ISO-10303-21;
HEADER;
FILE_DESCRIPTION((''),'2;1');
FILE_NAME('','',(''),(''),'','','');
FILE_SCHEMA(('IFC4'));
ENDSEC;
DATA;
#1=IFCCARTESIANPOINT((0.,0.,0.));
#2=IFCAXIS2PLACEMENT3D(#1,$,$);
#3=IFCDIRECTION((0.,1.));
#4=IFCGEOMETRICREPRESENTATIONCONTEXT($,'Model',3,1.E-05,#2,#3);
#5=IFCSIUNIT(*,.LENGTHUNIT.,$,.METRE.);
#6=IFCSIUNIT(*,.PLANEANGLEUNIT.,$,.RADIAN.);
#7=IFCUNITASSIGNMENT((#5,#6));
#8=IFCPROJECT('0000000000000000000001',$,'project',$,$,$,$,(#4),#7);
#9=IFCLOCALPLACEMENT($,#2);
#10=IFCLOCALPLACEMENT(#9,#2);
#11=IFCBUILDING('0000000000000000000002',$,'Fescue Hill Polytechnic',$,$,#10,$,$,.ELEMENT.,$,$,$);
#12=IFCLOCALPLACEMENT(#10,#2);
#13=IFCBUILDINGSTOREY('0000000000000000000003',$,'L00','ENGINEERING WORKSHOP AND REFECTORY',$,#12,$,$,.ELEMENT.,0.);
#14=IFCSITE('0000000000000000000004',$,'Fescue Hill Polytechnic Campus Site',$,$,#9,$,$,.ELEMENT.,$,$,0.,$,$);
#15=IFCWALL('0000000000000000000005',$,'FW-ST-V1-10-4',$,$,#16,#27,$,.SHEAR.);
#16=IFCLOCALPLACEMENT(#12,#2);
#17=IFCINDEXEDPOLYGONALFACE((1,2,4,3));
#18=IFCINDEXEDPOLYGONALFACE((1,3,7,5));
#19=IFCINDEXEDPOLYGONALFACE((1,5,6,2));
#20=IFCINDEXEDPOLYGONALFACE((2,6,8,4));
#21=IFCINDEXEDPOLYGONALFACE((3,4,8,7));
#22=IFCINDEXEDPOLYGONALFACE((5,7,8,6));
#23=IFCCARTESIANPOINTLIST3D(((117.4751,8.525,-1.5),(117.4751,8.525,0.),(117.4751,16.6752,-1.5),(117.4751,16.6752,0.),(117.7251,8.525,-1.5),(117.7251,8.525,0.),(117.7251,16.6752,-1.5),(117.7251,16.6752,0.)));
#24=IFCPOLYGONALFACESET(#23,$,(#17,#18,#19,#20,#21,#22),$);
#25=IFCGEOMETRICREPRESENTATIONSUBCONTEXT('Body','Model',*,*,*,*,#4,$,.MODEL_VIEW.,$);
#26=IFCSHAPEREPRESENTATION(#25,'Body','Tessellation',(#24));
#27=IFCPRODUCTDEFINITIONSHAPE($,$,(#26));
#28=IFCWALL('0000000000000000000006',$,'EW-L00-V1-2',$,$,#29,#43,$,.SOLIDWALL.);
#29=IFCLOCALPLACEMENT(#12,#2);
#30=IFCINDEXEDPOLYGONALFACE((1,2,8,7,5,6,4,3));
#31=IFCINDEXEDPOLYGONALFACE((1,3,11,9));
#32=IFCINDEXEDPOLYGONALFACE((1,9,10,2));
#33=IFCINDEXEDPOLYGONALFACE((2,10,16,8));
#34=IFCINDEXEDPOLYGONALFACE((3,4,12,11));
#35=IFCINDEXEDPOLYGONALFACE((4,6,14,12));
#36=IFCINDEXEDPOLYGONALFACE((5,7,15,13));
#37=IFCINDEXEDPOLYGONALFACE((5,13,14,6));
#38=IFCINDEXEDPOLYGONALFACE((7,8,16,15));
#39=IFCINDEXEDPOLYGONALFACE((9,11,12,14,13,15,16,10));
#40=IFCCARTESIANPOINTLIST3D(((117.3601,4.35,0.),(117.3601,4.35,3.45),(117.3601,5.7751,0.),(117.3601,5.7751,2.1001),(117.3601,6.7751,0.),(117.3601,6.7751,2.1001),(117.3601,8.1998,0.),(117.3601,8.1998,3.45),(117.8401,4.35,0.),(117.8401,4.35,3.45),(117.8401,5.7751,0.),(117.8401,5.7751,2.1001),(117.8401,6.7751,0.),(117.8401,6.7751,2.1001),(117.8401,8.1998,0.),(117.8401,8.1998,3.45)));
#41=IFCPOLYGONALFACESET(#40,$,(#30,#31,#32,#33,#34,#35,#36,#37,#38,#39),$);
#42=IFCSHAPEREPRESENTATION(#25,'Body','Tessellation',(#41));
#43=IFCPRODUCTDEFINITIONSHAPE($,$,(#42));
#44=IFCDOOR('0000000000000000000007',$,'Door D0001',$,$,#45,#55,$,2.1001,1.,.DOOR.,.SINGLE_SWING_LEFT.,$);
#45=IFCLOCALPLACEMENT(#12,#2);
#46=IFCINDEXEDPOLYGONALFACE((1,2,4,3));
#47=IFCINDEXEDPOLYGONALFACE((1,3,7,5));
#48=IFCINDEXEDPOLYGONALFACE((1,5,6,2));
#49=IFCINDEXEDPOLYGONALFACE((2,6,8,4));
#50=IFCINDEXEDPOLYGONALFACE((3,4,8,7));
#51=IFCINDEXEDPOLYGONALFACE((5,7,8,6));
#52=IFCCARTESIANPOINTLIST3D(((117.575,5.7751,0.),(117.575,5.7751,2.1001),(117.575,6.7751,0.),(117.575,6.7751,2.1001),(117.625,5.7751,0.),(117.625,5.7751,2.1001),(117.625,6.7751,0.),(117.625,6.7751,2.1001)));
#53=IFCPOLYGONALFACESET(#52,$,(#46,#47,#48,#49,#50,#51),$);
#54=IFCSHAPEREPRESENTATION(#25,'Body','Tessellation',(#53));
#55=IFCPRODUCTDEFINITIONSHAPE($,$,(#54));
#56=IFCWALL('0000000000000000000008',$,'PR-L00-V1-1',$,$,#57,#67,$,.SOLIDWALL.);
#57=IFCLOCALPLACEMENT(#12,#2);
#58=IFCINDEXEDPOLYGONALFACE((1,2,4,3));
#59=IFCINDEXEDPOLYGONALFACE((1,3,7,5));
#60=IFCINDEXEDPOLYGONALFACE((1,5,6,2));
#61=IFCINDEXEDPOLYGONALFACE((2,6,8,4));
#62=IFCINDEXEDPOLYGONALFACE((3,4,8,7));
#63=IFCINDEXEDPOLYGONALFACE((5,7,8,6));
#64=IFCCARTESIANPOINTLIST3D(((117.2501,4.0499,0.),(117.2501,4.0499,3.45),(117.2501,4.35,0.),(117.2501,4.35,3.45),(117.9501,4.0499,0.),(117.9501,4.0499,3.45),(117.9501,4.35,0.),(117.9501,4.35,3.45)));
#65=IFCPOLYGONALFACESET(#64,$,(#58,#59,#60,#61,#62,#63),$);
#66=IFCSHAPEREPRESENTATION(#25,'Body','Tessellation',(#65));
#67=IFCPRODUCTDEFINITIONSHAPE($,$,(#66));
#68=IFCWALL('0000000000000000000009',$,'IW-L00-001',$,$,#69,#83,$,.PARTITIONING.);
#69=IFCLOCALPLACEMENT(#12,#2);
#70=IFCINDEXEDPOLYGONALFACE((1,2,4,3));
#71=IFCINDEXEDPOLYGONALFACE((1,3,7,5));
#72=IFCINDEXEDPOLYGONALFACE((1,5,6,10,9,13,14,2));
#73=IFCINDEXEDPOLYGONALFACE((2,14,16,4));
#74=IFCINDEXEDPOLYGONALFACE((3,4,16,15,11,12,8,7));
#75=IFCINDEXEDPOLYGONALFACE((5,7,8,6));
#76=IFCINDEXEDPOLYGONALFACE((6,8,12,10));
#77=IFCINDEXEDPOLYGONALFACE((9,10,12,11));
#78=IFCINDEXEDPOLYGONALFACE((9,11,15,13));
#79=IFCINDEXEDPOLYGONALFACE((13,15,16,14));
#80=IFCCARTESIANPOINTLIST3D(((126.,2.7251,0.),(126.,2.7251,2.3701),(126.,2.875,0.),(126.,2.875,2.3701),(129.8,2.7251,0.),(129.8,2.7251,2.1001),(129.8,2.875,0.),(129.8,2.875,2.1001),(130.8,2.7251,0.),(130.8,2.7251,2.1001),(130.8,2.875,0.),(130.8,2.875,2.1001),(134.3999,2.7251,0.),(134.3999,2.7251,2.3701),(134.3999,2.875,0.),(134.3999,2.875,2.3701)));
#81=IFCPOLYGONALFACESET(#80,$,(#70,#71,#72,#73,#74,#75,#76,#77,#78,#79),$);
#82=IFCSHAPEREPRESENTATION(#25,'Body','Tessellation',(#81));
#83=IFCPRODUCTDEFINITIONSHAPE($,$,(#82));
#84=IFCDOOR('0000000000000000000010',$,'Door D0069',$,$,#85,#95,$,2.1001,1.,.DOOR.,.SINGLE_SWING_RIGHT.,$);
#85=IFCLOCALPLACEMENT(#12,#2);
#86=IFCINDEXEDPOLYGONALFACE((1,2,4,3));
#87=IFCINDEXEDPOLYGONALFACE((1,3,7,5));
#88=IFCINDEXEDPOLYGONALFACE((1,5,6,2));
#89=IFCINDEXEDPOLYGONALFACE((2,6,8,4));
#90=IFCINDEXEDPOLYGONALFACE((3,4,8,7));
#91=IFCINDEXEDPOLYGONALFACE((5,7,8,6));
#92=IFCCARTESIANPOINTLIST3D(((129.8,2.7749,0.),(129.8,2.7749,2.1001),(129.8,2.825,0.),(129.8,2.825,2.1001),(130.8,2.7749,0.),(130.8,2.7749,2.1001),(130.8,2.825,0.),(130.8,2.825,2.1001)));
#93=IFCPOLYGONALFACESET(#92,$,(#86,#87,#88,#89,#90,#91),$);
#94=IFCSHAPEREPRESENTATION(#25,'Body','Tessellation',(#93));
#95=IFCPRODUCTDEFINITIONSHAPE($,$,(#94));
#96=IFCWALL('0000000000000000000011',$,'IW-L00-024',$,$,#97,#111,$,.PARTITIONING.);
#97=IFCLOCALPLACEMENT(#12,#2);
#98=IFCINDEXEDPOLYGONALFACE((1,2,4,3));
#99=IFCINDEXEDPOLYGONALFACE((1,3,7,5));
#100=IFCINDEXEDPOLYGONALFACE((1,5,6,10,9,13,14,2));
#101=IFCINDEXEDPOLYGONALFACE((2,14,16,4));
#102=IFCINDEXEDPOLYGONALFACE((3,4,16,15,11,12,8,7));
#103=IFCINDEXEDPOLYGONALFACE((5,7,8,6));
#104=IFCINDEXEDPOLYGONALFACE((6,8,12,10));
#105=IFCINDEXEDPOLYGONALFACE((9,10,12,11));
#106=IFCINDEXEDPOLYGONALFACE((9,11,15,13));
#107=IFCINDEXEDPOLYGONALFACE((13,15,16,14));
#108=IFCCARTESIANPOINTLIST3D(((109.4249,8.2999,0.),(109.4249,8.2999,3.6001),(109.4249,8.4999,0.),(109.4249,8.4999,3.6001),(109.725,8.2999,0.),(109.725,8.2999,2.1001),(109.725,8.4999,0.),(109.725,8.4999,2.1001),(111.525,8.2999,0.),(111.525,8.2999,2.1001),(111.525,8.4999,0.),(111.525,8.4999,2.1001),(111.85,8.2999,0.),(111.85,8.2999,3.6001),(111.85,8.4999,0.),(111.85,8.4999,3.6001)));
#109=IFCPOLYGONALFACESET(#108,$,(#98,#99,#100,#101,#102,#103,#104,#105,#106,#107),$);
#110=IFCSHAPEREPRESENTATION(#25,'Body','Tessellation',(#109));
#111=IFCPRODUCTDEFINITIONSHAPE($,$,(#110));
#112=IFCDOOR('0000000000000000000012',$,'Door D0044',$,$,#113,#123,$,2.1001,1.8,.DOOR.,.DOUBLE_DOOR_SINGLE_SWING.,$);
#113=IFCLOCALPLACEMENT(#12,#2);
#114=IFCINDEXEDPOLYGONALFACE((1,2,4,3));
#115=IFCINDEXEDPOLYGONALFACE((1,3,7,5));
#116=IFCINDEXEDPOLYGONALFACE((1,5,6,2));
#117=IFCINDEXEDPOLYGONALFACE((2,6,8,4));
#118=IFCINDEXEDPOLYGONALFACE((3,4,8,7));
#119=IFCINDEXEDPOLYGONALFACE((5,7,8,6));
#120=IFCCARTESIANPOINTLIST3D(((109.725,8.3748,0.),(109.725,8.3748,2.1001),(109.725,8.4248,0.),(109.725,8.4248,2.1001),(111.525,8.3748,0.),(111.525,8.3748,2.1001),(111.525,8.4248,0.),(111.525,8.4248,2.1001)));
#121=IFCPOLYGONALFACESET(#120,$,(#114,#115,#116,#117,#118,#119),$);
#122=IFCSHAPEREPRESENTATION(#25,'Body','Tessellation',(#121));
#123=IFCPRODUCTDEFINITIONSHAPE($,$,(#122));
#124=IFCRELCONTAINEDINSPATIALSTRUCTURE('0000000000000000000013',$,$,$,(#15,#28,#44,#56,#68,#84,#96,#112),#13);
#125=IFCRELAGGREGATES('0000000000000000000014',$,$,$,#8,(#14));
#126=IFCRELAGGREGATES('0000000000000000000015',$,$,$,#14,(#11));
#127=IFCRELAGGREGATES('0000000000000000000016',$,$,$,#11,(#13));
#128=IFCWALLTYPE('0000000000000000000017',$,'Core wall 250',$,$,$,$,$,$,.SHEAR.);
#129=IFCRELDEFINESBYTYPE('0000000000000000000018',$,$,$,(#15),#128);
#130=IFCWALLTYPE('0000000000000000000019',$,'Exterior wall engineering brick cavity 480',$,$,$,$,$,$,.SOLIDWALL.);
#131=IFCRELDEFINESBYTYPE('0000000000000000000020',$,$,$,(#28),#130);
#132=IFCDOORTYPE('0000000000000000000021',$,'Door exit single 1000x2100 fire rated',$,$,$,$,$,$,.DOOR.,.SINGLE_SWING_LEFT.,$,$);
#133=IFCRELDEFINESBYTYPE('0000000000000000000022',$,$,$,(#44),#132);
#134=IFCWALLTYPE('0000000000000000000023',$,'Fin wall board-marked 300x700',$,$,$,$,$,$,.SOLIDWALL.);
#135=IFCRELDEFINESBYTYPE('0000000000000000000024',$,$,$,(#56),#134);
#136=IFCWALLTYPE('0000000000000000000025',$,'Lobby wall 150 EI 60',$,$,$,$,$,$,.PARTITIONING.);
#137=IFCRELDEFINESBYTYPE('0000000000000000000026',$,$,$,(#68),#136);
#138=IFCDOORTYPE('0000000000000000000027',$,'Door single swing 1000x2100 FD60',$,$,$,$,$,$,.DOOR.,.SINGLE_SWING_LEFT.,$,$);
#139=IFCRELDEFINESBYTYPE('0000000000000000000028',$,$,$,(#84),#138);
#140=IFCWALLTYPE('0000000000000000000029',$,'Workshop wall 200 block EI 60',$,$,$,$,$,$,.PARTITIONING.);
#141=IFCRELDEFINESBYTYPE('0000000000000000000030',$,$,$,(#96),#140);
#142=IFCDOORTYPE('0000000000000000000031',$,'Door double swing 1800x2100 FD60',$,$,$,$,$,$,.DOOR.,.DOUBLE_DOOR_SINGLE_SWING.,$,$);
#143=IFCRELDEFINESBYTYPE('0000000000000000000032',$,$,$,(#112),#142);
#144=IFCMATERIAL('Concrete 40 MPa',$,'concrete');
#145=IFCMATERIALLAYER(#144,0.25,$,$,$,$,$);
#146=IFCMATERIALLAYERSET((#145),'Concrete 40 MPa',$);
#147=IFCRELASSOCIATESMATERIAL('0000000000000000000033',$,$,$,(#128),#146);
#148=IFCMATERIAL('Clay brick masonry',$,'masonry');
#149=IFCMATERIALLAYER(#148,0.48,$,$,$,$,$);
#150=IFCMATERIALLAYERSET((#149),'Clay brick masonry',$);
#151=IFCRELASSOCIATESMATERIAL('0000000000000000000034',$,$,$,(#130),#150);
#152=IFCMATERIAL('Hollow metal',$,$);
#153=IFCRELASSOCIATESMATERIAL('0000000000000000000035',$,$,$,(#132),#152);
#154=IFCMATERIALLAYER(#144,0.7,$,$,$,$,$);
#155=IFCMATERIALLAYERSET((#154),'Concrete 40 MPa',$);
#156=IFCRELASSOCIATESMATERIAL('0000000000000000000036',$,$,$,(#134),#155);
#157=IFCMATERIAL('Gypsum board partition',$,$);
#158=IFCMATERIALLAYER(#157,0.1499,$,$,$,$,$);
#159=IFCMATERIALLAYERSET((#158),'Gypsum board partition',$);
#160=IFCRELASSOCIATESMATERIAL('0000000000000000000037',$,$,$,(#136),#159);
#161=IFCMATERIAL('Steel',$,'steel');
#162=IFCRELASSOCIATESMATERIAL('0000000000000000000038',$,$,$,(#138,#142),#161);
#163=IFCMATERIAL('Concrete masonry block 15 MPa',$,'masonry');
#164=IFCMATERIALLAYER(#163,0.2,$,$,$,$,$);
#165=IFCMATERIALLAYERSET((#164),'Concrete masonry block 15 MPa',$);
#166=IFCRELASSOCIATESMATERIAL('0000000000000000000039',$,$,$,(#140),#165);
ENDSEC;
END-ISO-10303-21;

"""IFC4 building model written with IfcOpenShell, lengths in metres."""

from ifc_helpers import new_model, si_unit, direction, frame, frame_2d, origin, place, context, subcontext, project, spatial, rectangle, extrude, material, layer, layer_set, type_object, element, fill, save


model = new_model("IFC4")

# Units and contexts
model_context = context("Model", 3, precision=1e-05, world=origin(), true_north=direction((0.0, 1.0)))
body_context = subcontext(model_context, "Body", "Model", "MODEL_VIEW")
ifc_project = project(units=[si_unit("LENGTHUNIT", "METRE"), si_unit("PLANEANGLEUNIT", "RADIAN")], contexts=[model_context])

# Site, building, storey
site_placement = place(None, origin())
site = spatial("IfcSite", under=ifc_project, at=site_placement, Name="Fescue Hill Polytechnic Campus Site", CompositionType="ELEMENT", RefElevation=0.0)
building_placement = place(site_placement, origin())
building = spatial("IfcBuilding", under=site, at=building_placement, Name="Fescue Hill Polytechnic", CompositionType="ELEMENT")
storey_placement = place(building_placement, origin())
storey = spatial("IfcBuildingStorey", under=building, at=storey_placement, Name="L00", Description="ENGINEERING WORKSHOP AND REFECTORY", CompositionType="ELEMENT", Elevation=0.0)

# Shared definitions
ifc_material_1 = material(Name="Concrete 40 MPa", Category="concrete")

# Shared definitions
ifc_layer_1 = layer(ifc_material_1, 0.25)
ifc_layer_set_1 = layer_set([ifc_layer_1], Name="Concrete 40 MPa")
wall_type_1 = type_object("IfcWallType", Name="Core wall 250", PredefinedType="SHEAR", material=ifc_layer_set_1)

# Wall
for number, where, z_axis, x_axis, name in (
    (1, (117.6001, 8.5249, -1.5), (0.0, 0.0, 1.0), (0.0, 1.0, 0.0), "FW-ST-V1-10-4"),
):
    element("IfcWall", number, at=place(storey_placement, frame(where, z_axis=z_axis, x_axis=x_axis)), inside=storey, type_object=wall_type_1, Name=name, PredefinedType="SHEAR", context=body_context, shape_type="SweptSolid", body=[
        extrude(rectangle(XDim=8.1501, YDim=0.25, at=frame_2d((4.0752, 0.0))), origin(), (0.0, 0.0, 1.0), 1.5),
    ])

# Wall, opening, door
ifc_material_2 = material(Name="Clay brick masonry", Category="masonry")
ifc_layer_2 = layer(ifc_material_2, 0.48)
ifc_layer_set_2 = layer_set([ifc_layer_2], Name="Clay brick masonry")
wall_type_2 = type_object("IfcWallType", Name="Exterior wall engineering brick cavity 480", PredefinedType="SOLIDWALL", material=ifc_layer_set_2)
wall_1_placement = place(storey_placement, frame((117.6001, 4.3501, 0.0), z_axis=(0.0, 0.0, 1.0), x_axis=(0.0, 1.0, 0.0)))
wall_1 = element("IfcWall", 2, at=wall_1_placement, inside=storey, type_object=wall_type_2, Name="EW-L00-V1-2", PredefinedType="SOLIDWALL", context=body_context, shape_type="SweptSolid", body=[
    extrude(rectangle(XDim=3.8499, YDim=0.48, at=frame_2d((1.9248, 0.0))), origin(), (0.0, 0.0, 1.0), 3.45),
])
opening_1_placement = place(wall_1_placement, frame((2.425, 0.0, 0.0), z_axis=(0.0, 0.0, 1.0), x_axis=(-1.0, 0.0, 0.0)))
opening_1 = element("IfcOpeningElement", 3, at=opening_1_placement, cuts=wall_1, PredefinedType="OPENING", context=body_context, shape_type="SweptSolid", body=[
    extrude(rectangle(XDim=1.0, YDim=2.1001, at=frame_2d((0.5, 1.05))), frame((0.0, 0.25, 0.0), z_axis=(0.0, -1.0, 0.0), x_axis=(1.0, 0.0, 0.0)), (0.0, 0.0, 1.0), 0.5),
])
ifc_material_3 = material(Name="Hollow metal")
door_type_1 = type_object("IfcDoorType", Name="Door exit single 1000x2100 fire rated", OperationType="SINGLE_SWING_LEFT", PredefinedType="DOOR", material=ifc_material_3)
door_1_placement = place(opening_1_placement, origin())
door_1 = element("IfcDoor", 4, at=door_1_placement, inside=storey, type_object=door_type_1, Name="Door D0001", OperationType="SINGLE_SWING_LEFT", OverallHeight=2.1001, OverallWidth=1.0, PredefinedType="DOOR", context=body_context, shape_type="SweptSolid", body=[
    extrude(rectangle(XDim=1.0, YDim=2.1001, at=frame_2d((0.5, 1.05))), frame((0.0, 0.0249, 0.0), z_axis=(0.0, -1.0, 0.0), x_axis=(1.0, 0.0, 0.0)), (0.0, 0.0, 1.0), 0.05),
])
fill(opening_1, door_1)

# Wall
ifc_layer_3 = layer(ifc_material_1, 0.7)
ifc_layer_set_3 = layer_set([ifc_layer_3], Name="Concrete 40 MPa")
wall_type_3 = type_object("IfcWallType", Name="Fin wall board-marked 300x700", PredefinedType="SOLIDWALL", material=ifc_layer_set_3)
wall_2_placement = place(storey_placement, frame((117.6001, 4.05, 0.0), z_axis=(0.0, 0.0, 1.0), x_axis=(0.0, 1.0, 0.0)))
element("IfcWall", 5, at=wall_2_placement, inside=storey, type_object=wall_type_3, Name="PR-L00-V1-1", PredefinedType="SOLIDWALL", context=body_context, shape_type="SweptSolid", body=[
    extrude(rectangle(XDim=0.3, YDim=0.7, at=frame_2d((0.1499, 0.0))), origin(), (0.0, 0.0, 1.0), 3.45),
])

# Walls, openings, doors
ifc_material_4 = material(Name="Gypsum board partition")
ifc_layer_4 = layer(ifc_material_4, 0.1499)
ifc_layer_set_4 = layer_set([ifc_layer_4], Name="Gypsum board partition")
wall_type_4 = type_object("IfcWallType", Name="Lobby wall 150 EI 60", PredefinedType="PARTITIONING", material=ifc_layer_set_4)
wall_3_placement = place(storey_placement, frame((126.0, 2.8, 0.0), z_axis=(0.0, 0.0, 1.0), x_axis=(1.0, 0.0, 0.0)))
wall_3 = element("IfcWall", 6, at=wall_3_placement, inside=storey, type_object=wall_type_4, Name="IW-L00-001", PredefinedType="PARTITIONING", context=body_context, shape_type="SweptSolid", body=[
    extrude(rectangle(XDim=8.3999, YDim=0.1499, at=frame_2d((4.2, 0.0))), origin(), (0.0, 0.0, 1.0), 2.3701),
])
opening_2_placement = place(wall_3_placement, frame((3.8, 0.0, 0.0)))
opening_2 = element("IfcOpeningElement", 7, at=opening_2_placement, cuts=wall_3, PredefinedType="OPENING", context=body_context, shape_type="SweptSolid", body=[
    extrude(rectangle(XDim=1.0, YDim=2.1001, at=frame_2d((0.5, 1.05))), frame((0.0, 0.085, 0.0), z_axis=(0.0, -1.0, 0.0), x_axis=(1.0, 0.0, 0.0)), (0.0, 0.0, 1.0), 0.1699),
])
ifc_material_5 = material(Name="Steel", Category="steel")
door_type_2 = type_object("IfcDoorType", Name="Door single swing 1000x2100 FD60", OperationType="SINGLE_SWING_LEFT", PredefinedType="DOOR", material=ifc_material_5)
door_2_placement = place(opening_2_placement, origin())
door_2 = element("IfcDoor", 8, at=door_2_placement, inside=storey, type_object=door_type_2, Name="Door D0069", OperationType="SINGLE_SWING_RIGHT", OverallHeight=2.1001, OverallWidth=1.0, PredefinedType="DOOR", context=body_context, shape_type="SweptSolid", body=[
    extrude(rectangle(XDim=1.0, YDim=2.1001, at=frame_2d((0.5, 1.05))), frame((0.0, 0.0249, 0.0), z_axis=(0.0, -1.0, 0.0), x_axis=(1.0, 0.0, 0.0)), (0.0, 0.0, 1.0), 0.05),
])
fill(opening_2, door_2)
ifc_material_6 = material(Name="Concrete masonry block 15 MPa", Category="masonry")
ifc_layer_5 = layer(ifc_material_6, 0.2)
ifc_layer_set_5 = layer_set([ifc_layer_5], Name="Concrete masonry block 15 MPa")
wall_type_5 = type_object("IfcWallType", Name="Workshop wall 200 block EI 60", PredefinedType="PARTITIONING", material=ifc_layer_set_5)
wall_4_placement = place(storey_placement, frame((109.425, 8.3999, 0.0), z_axis=(0.0, 0.0, 1.0), x_axis=(1.0, 0.0, 0.0)))
wall_4 = element("IfcWall", 9, at=wall_4_placement, inside=storey, type_object=wall_type_5, Name="IW-L00-024", PredefinedType="PARTITIONING", context=body_context, shape_type="SweptSolid", body=[
    extrude(rectangle(XDim=2.425, YDim=0.2, at=frame_2d((1.2124, 0.0))), origin(), (0.0, 0.0, 1.0), 3.6001),
])
opening_3_placement = place(wall_4_placement, frame((0.3, 0.0, 0.0)))
opening_3 = element("IfcOpeningElement", 10, at=opening_3_placement, cuts=wall_4, PredefinedType="OPENING", context=body_context, shape_type="SweptSolid", body=[
    extrude(rectangle(XDim=1.8, YDim=2.1001, at=frame_2d((0.8999, 1.05))), frame((0.0, 0.1099, 0.0), z_axis=(0.0, -1.0, 0.0), x_axis=(1.0, 0.0, 0.0)), (0.0, 0.0, 1.0), 0.22),
])
door_type_3 = type_object("IfcDoorType", Name="Door double swing 1800x2100 FD60", OperationType="DOUBLE_DOOR_SINGLE_SWING", PredefinedType="DOOR", material=ifc_material_5)
door_3_placement = place(opening_3_placement, origin())
door_3 = element("IfcDoor", 11, at=door_3_placement, inside=storey, type_object=door_type_3, Name="Door D0044", OperationType="DOUBLE_DOOR_SINGLE_SWING", OverallHeight=2.1001, OverallWidth=1.8, PredefinedType="DOOR", context=body_context, shape_type="SweptSolid", body=[
    extrude(rectangle(XDim=1.8, YDim=2.1001, at=frame_2d((0.8999, 1.05))), frame((0.0, 0.0249, 0.0), z_axis=(0.0, -1.0, 0.0), x_axis=(1.0, 0.0, 0.0)), (0.0, 0.0, 1.0), 0.05),
])
fill(opening_3, door_3)

save(model, "model.ifc")
